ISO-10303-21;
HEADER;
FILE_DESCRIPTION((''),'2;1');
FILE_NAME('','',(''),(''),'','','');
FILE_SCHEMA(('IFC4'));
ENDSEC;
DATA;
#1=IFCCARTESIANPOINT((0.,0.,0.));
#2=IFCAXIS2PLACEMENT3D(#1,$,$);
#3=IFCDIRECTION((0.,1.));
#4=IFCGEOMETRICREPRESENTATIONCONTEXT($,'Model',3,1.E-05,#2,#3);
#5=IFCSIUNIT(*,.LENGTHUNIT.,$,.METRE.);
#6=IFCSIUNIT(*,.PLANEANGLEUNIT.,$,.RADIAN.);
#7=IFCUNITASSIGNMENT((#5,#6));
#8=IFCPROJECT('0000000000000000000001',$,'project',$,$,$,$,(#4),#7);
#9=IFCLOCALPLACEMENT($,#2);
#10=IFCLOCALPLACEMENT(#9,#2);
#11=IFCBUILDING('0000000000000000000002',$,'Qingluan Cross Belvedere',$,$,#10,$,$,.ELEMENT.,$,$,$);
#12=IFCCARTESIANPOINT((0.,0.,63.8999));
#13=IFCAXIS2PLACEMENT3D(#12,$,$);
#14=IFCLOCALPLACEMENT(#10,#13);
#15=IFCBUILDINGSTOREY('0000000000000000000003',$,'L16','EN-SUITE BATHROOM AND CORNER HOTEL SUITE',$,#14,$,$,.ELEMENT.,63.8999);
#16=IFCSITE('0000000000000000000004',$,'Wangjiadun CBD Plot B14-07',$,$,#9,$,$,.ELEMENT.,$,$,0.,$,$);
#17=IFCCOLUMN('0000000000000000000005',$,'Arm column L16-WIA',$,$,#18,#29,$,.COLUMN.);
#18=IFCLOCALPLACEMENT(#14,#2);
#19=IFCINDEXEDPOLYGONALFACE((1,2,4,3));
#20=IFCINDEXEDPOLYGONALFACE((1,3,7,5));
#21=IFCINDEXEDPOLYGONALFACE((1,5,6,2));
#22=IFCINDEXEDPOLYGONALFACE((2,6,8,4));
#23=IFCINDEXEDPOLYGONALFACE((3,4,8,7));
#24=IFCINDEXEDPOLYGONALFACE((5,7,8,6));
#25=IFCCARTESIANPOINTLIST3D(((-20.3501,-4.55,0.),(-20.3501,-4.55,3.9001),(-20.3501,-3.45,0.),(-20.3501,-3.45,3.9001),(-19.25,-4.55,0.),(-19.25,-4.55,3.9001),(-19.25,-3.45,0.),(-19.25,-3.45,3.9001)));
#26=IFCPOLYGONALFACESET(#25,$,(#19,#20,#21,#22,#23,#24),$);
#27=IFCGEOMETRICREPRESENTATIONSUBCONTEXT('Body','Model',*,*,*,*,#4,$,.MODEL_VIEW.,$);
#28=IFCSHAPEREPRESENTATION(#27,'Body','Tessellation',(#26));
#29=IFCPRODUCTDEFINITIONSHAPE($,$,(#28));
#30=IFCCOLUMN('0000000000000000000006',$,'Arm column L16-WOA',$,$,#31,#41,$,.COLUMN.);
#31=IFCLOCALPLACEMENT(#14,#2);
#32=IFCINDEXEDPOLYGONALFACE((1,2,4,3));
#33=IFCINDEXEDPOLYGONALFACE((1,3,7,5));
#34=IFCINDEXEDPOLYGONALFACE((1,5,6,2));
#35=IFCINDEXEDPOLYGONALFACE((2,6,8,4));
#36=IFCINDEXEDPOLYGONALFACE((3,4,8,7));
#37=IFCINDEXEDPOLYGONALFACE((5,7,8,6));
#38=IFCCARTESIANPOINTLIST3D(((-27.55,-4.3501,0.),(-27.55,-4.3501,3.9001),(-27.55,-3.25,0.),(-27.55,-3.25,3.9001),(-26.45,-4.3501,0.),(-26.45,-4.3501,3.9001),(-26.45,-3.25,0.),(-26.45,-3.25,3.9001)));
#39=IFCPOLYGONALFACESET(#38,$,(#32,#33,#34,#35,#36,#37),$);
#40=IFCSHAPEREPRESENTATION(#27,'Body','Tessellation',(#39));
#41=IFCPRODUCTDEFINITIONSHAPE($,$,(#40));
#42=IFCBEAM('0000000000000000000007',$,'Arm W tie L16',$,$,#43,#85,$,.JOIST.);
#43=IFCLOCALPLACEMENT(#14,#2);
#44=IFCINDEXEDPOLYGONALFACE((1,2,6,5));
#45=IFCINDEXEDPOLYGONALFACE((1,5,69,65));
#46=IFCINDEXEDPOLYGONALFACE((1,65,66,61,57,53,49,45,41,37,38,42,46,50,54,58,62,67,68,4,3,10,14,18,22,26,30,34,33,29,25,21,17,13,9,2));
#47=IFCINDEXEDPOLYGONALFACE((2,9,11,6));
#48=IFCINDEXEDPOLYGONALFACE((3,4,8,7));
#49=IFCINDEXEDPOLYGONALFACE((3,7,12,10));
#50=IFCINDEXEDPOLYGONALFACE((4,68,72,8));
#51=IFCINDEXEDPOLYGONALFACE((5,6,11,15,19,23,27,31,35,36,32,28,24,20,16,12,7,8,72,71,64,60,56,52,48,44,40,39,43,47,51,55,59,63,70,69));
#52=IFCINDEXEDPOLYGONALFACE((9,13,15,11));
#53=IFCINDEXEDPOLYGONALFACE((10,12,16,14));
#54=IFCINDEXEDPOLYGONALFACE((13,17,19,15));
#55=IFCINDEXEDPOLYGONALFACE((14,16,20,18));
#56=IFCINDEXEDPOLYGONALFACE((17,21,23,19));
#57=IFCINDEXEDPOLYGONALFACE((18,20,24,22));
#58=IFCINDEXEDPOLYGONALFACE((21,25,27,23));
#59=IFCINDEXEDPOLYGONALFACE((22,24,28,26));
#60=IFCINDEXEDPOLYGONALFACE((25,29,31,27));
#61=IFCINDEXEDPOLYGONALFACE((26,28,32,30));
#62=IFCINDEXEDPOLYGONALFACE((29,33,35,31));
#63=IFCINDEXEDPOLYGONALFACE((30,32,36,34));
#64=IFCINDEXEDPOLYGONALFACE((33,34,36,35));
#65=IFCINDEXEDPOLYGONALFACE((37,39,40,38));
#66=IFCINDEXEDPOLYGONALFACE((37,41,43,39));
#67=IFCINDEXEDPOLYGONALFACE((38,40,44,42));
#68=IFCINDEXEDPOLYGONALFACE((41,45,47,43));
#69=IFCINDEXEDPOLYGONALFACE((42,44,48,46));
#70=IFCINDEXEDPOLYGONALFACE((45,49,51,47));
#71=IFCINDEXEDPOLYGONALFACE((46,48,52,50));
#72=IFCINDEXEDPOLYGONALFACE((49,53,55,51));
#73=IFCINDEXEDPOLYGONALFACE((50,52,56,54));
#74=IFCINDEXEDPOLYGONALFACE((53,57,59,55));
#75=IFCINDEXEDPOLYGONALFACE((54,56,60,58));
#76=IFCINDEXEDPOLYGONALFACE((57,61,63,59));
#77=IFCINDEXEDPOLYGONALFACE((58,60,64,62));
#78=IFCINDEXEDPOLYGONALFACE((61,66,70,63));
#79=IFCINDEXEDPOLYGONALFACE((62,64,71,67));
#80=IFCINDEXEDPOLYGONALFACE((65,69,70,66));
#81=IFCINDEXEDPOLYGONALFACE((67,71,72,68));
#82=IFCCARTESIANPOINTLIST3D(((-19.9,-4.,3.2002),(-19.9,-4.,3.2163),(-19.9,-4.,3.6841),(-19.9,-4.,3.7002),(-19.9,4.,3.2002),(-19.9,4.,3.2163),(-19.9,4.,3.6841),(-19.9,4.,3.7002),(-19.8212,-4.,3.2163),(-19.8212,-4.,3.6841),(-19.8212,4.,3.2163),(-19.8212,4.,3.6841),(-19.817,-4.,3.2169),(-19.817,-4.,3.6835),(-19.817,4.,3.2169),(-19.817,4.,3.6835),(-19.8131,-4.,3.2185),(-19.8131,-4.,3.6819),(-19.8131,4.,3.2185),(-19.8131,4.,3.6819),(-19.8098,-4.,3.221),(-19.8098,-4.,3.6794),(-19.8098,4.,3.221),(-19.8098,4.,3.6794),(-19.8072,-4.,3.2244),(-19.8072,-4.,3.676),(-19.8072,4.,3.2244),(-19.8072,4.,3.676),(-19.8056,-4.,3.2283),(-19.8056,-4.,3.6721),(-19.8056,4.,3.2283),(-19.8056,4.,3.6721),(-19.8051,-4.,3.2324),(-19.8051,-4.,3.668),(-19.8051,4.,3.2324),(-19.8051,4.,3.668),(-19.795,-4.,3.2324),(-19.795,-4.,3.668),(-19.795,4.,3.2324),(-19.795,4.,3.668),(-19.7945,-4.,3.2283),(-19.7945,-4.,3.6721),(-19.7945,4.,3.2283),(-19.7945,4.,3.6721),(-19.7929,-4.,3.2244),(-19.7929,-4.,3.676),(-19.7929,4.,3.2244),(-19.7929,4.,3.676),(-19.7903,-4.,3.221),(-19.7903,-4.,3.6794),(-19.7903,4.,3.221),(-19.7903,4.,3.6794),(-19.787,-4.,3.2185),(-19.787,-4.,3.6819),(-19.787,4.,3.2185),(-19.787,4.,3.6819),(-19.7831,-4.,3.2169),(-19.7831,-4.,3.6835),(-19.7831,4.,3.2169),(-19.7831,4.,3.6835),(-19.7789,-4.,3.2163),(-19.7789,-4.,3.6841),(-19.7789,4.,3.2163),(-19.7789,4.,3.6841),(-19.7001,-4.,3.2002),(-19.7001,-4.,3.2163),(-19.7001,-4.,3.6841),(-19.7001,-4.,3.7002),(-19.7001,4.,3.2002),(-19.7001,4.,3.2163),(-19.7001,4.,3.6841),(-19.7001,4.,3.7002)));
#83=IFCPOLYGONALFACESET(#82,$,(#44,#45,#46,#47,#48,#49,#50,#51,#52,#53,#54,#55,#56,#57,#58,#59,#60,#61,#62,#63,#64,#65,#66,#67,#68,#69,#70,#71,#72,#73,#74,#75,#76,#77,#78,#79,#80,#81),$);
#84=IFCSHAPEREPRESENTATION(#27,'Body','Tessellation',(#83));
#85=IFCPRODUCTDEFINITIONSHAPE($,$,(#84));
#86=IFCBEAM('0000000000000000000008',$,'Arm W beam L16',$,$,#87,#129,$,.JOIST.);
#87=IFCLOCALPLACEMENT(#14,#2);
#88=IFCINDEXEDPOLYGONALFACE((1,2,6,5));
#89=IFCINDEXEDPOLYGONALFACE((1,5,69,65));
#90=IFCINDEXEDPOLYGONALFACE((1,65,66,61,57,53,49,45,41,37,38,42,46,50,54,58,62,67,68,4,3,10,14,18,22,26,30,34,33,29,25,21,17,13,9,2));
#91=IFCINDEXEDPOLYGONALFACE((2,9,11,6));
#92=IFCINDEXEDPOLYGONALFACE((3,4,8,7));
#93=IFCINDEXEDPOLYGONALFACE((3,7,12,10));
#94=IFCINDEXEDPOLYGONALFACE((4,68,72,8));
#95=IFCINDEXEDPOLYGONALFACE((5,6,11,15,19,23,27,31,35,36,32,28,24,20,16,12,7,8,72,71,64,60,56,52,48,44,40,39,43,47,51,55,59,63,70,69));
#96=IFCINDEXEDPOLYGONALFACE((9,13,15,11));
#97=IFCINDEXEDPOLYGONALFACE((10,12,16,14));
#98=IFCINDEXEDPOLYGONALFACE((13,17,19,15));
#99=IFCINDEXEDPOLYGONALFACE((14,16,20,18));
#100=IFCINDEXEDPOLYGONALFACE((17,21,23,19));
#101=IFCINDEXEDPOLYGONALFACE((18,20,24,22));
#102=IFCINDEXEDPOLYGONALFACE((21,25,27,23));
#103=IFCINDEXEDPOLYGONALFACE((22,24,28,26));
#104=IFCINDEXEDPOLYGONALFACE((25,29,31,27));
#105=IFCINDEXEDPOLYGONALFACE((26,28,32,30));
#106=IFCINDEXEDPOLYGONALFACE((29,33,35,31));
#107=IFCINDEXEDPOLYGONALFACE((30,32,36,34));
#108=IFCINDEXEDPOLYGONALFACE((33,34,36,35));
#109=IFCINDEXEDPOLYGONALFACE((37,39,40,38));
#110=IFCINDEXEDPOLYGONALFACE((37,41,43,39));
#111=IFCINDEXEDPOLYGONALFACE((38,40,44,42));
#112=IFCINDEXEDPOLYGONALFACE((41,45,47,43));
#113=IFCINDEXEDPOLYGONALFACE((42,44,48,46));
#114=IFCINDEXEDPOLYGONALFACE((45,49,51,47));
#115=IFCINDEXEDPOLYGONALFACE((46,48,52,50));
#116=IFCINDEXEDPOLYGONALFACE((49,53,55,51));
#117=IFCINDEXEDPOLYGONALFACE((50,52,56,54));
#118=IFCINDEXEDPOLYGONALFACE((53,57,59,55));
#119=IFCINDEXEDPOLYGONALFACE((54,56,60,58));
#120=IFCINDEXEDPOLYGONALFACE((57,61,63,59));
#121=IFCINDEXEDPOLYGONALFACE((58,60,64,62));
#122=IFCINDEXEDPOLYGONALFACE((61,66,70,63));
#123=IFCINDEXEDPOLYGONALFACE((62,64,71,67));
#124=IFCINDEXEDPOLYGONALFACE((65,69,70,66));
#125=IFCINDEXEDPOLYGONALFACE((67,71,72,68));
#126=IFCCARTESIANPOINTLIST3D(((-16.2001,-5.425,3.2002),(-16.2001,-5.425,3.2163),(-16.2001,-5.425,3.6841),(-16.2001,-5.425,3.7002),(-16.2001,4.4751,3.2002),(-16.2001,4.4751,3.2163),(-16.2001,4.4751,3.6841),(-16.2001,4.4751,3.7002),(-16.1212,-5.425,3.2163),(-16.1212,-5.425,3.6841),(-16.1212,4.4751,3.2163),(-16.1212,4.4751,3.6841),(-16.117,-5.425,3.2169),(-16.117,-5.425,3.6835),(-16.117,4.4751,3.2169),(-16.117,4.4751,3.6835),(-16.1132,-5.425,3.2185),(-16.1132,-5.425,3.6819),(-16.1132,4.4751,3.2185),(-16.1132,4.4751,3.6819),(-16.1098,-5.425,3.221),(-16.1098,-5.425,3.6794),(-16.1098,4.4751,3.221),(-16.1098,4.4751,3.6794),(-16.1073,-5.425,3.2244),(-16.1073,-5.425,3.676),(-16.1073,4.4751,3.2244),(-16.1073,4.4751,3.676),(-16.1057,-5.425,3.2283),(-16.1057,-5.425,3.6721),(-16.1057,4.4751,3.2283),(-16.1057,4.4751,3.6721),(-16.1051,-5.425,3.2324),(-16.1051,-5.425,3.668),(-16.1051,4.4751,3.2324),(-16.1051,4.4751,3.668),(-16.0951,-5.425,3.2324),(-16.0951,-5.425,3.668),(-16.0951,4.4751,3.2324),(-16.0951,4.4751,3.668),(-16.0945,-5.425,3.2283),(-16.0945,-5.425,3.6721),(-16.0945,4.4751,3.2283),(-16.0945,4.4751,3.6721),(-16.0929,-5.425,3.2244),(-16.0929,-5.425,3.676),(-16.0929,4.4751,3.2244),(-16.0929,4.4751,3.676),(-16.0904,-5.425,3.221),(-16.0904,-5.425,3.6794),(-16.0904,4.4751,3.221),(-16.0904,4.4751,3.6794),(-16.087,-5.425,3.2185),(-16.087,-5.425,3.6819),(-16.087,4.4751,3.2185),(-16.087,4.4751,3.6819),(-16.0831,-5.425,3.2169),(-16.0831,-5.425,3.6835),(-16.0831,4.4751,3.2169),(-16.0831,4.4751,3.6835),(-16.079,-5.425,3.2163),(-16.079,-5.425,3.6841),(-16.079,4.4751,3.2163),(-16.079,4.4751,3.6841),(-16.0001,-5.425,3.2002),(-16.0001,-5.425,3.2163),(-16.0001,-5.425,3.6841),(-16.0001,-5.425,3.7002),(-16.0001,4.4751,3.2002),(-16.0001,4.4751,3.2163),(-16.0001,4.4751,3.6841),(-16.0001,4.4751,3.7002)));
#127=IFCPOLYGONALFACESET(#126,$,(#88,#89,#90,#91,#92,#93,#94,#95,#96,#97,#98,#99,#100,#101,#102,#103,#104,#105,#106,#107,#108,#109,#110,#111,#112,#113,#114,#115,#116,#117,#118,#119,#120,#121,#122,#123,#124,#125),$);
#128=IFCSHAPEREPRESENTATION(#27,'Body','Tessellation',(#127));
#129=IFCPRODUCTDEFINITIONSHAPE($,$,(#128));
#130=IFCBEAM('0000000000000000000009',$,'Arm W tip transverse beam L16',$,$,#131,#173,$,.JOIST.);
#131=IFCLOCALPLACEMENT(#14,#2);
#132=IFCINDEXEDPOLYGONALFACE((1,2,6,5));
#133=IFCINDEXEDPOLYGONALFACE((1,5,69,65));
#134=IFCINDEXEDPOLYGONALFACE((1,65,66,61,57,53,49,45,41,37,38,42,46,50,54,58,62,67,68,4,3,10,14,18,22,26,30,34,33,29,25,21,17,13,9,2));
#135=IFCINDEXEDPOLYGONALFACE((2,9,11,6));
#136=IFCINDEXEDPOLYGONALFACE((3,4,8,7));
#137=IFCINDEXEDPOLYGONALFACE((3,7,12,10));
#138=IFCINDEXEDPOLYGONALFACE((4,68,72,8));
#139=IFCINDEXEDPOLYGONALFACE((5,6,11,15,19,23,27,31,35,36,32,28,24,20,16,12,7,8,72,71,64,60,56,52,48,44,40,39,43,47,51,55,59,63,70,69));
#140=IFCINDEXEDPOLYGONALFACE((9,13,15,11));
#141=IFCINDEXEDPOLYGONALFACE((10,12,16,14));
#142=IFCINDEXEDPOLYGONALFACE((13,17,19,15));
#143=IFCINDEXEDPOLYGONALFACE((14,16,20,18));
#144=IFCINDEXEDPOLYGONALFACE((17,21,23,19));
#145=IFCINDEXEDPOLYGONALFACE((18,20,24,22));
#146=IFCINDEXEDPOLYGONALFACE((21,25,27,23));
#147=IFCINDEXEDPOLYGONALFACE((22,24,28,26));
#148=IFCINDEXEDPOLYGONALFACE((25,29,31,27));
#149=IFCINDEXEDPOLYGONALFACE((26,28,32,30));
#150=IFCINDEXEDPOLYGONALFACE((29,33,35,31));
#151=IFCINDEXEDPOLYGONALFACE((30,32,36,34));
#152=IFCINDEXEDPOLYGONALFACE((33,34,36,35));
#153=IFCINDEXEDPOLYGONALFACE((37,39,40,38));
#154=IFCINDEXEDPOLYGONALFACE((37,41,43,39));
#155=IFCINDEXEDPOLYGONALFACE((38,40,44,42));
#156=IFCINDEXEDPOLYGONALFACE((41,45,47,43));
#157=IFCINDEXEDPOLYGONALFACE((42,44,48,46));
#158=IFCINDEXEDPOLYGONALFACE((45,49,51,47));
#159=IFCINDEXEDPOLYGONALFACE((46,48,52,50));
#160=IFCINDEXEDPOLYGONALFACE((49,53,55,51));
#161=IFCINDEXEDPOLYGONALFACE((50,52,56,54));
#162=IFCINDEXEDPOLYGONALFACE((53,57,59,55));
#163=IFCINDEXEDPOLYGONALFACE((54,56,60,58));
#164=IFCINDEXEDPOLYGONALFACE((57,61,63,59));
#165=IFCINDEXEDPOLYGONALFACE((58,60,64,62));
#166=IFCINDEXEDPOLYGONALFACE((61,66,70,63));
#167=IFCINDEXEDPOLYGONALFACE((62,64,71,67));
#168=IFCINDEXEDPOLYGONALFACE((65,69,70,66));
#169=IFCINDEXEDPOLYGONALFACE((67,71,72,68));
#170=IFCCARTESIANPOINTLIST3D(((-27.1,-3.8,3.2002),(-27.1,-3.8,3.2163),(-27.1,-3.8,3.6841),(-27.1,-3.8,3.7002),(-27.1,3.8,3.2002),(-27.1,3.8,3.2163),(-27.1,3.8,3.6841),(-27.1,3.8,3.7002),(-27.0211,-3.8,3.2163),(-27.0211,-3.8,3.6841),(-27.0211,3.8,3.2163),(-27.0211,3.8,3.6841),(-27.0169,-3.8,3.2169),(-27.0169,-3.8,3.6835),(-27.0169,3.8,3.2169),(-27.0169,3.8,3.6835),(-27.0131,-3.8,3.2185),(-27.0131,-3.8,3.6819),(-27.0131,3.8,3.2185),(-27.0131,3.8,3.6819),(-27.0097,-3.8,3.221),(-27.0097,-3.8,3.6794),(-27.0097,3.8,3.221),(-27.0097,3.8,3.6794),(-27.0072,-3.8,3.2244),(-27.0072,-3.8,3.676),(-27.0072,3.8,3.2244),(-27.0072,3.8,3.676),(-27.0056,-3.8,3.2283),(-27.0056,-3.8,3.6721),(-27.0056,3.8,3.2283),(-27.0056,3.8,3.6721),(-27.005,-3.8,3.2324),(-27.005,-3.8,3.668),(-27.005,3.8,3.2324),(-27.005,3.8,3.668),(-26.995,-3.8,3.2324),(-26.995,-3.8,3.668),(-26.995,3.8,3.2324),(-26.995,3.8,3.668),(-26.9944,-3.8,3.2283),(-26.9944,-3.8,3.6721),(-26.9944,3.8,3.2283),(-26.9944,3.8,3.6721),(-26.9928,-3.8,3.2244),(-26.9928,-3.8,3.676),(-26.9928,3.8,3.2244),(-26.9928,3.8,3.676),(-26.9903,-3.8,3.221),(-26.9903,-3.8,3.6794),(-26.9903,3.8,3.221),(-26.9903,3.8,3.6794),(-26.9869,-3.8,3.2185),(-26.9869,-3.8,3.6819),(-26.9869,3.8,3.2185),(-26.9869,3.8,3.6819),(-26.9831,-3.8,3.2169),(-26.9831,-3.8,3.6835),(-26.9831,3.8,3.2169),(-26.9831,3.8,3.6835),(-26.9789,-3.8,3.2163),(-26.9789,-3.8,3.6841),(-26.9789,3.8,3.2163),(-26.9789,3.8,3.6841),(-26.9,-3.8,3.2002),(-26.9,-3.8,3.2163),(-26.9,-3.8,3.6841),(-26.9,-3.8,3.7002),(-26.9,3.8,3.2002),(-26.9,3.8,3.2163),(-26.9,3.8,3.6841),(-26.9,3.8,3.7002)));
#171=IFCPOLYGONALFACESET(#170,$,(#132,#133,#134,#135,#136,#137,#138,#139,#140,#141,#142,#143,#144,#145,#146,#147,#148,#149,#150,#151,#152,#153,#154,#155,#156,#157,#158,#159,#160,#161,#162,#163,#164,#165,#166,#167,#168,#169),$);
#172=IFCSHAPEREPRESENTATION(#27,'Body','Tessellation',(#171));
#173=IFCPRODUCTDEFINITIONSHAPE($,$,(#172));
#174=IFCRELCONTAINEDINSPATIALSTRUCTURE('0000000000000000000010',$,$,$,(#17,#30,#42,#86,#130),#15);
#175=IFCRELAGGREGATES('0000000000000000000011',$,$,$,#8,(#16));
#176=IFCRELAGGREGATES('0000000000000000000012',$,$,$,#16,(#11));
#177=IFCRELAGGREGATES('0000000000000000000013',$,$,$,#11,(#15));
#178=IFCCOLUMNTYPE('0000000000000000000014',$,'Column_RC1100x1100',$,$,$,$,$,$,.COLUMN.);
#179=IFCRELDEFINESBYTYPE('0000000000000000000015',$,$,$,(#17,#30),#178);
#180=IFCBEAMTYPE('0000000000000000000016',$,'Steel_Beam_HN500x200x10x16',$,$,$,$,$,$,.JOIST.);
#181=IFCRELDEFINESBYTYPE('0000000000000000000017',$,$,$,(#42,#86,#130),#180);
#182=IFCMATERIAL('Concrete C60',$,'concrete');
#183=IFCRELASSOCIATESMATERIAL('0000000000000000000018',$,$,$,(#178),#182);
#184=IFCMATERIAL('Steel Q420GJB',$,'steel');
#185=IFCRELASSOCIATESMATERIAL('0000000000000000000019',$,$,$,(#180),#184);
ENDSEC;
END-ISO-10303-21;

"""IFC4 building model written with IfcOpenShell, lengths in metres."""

from ifc_helpers import new_model, si_unit, direction, frame, origin, origin_2d, place, context, subcontext, project, spatial, rectangle, i_section, extrude, material, material_profile, profile_set, type_object, element, save


model = new_model("IFC4")

# Units and contexts
model_context = context("Model", 3, precision=1e-05, world=origin(), true_north=direction((0.0, 1.0)))
body_context = subcontext(model_context, "Body", "Model", "MODEL_VIEW")
ifc_project = project(units=[si_unit("LENGTHUNIT", "METRE"), si_unit("PLANEANGLEUNIT", "RADIAN")], contexts=[model_context])

# Site, building, storey
site_placement = place(None, origin())
site = spatial("IfcSite", under=ifc_project, at=site_placement, Name="Wangjiadun CBD Plot B14-07", CompositionType="ELEMENT", RefElevation=0.0)
building_placement = place(site_placement, origin())
building = spatial("IfcBuilding", under=site, at=building_placement, Name="Qingluan Cross Belvedere", CompositionType="ELEMENT")
storey_placement = place(building_placement, frame((0.0, 0.0, 63.8999)))
storey = spatial("IfcBuildingStorey", under=building, at=storey_placement, Name="L16", Description="EN-SUITE BATHROOM AND CORNER HOTEL SUITE", CompositionType="ELEMENT", Elevation=63.8999)

# Columns
ifc_material_1 = material(Name="Concrete C60", Category="concrete")
ifc_material_profile_1 = material_profile(ifc_material_1, rectangle(XDim=1.1001, YDim=1.1001, at=origin_2d()), Name="RC1100x1100")
ifc_profile_set_1 = profile_set([ifc_material_profile_1], Name="Concrete C60")
column_type = type_object("IfcColumnType", Name="Column_RC1100x1100", PredefinedType="COLUMN", material=ifc_profile_set_1)
for number, where, z_axis, x_axis, name in (
    (1, (-19.8, -4.0, 0.0), (0.0, 0.0, 1.0), (1.0, 0.0, 0.0), "Arm column L16-WIA"),
    (2, (-27.0, -3.8, 0.0), (0.0, 0.0, 1.0), (1.0, 0.0, 0.0), "Arm column L16-WOA"),
):
    element("IfcColumn", number, at=place(storey_placement, frame(where, z_axis=z_axis, x_axis=x_axis)), inside=storey, type_object=column_type, Name=name, PredefinedType="COLUMN", context=body_context, shape_type="SweptSolid", body=[
        extrude(rectangle(XDim=1.1001, YDim=1.1001, at=origin_2d()), origin(), (0.0, 0.0, 1.0), 3.9001),
    ])

# Beams
ifc_material_2 = material(Name="Steel Q420GJB", Category="steel")
ifc_material_profile_2 = material_profile(ifc_material_2, i_section(OverallWidth=0.2, OverallDepth=0.5, WebThickness=0.01, FlangeThickness=0.0161, FilletRadius=0.0161, at=origin_2d()), Name="HN500x200x10x16")
ifc_profile_set_2 = profile_set([ifc_material_profile_2], Name="Steel Q420GJB")
beam_type_1 = type_object("IfcBeamType", Name="Steel_Beam_HN500x200x10x16", PredefinedType="JOIST", material=ifc_profile_set_2)
beam_1_placement = place(storey_placement, frame((-19.8, -4.0, 3.4502), z_axis=(0.0, 1.0, 0.0), x_axis=(-1.0, 0.0, 0.0)))
element("IfcBeam", 3, at=beam_1_placement, inside=storey, type_object=beam_type_1, Name="Arm W tie L16", PredefinedType="JOIST", context=body_context, shape_type="SweptSolid", body=[
    extrude(i_section(OverallWidth=0.2, OverallDepth=0.5, WebThickness=0.01, FlangeThickness=0.0161, FilletRadius=0.0161, at=origin_2d()), origin(), (0.0, 0.0, 1.0), 8.0),
])
beam_2_placement = place(storey_placement, frame((-16.1001, -5.425, 3.4502), z_axis=(0.0, 1.0, 0.0), x_axis=(-1.0, 0.0, 0.0)))
element("IfcBeam", 4, at=beam_2_placement, inside=storey, type_object=beam_type_1, Name="Arm W beam L16", PredefinedType="JOIST", context=body_context, shape_type="SweptSolid", body=[
    extrude(i_section(OverallWidth=0.2, OverallDepth=0.5, WebThickness=0.01, FlangeThickness=0.0161, FilletRadius=0.0161, at=origin_2d()), origin(), (0.0, 0.0, 1.0), 9.9001),
])
beam_3_placement = place(storey_placement, frame((-27.0, -3.8, 3.4502), z_axis=(0.0, 1.0, 0.0), x_axis=(-1.0, 0.0, 0.0)))
element("IfcBeam", 5, at=beam_3_placement, inside=storey, type_object=beam_type_1, Name="Arm W tip transverse beam L16", PredefinedType="JOIST", context=body_context, shape_type="SweptSolid", body=[
    extrude(i_section(OverallWidth=0.2, OverallDepth=0.5, WebThickness=0.01, FlangeThickness=0.0161, FilletRadius=0.0161, at=origin_2d()), origin(), (0.0, 0.0, 1.0), 7.6001),
])

save(model, "model.ifc")
